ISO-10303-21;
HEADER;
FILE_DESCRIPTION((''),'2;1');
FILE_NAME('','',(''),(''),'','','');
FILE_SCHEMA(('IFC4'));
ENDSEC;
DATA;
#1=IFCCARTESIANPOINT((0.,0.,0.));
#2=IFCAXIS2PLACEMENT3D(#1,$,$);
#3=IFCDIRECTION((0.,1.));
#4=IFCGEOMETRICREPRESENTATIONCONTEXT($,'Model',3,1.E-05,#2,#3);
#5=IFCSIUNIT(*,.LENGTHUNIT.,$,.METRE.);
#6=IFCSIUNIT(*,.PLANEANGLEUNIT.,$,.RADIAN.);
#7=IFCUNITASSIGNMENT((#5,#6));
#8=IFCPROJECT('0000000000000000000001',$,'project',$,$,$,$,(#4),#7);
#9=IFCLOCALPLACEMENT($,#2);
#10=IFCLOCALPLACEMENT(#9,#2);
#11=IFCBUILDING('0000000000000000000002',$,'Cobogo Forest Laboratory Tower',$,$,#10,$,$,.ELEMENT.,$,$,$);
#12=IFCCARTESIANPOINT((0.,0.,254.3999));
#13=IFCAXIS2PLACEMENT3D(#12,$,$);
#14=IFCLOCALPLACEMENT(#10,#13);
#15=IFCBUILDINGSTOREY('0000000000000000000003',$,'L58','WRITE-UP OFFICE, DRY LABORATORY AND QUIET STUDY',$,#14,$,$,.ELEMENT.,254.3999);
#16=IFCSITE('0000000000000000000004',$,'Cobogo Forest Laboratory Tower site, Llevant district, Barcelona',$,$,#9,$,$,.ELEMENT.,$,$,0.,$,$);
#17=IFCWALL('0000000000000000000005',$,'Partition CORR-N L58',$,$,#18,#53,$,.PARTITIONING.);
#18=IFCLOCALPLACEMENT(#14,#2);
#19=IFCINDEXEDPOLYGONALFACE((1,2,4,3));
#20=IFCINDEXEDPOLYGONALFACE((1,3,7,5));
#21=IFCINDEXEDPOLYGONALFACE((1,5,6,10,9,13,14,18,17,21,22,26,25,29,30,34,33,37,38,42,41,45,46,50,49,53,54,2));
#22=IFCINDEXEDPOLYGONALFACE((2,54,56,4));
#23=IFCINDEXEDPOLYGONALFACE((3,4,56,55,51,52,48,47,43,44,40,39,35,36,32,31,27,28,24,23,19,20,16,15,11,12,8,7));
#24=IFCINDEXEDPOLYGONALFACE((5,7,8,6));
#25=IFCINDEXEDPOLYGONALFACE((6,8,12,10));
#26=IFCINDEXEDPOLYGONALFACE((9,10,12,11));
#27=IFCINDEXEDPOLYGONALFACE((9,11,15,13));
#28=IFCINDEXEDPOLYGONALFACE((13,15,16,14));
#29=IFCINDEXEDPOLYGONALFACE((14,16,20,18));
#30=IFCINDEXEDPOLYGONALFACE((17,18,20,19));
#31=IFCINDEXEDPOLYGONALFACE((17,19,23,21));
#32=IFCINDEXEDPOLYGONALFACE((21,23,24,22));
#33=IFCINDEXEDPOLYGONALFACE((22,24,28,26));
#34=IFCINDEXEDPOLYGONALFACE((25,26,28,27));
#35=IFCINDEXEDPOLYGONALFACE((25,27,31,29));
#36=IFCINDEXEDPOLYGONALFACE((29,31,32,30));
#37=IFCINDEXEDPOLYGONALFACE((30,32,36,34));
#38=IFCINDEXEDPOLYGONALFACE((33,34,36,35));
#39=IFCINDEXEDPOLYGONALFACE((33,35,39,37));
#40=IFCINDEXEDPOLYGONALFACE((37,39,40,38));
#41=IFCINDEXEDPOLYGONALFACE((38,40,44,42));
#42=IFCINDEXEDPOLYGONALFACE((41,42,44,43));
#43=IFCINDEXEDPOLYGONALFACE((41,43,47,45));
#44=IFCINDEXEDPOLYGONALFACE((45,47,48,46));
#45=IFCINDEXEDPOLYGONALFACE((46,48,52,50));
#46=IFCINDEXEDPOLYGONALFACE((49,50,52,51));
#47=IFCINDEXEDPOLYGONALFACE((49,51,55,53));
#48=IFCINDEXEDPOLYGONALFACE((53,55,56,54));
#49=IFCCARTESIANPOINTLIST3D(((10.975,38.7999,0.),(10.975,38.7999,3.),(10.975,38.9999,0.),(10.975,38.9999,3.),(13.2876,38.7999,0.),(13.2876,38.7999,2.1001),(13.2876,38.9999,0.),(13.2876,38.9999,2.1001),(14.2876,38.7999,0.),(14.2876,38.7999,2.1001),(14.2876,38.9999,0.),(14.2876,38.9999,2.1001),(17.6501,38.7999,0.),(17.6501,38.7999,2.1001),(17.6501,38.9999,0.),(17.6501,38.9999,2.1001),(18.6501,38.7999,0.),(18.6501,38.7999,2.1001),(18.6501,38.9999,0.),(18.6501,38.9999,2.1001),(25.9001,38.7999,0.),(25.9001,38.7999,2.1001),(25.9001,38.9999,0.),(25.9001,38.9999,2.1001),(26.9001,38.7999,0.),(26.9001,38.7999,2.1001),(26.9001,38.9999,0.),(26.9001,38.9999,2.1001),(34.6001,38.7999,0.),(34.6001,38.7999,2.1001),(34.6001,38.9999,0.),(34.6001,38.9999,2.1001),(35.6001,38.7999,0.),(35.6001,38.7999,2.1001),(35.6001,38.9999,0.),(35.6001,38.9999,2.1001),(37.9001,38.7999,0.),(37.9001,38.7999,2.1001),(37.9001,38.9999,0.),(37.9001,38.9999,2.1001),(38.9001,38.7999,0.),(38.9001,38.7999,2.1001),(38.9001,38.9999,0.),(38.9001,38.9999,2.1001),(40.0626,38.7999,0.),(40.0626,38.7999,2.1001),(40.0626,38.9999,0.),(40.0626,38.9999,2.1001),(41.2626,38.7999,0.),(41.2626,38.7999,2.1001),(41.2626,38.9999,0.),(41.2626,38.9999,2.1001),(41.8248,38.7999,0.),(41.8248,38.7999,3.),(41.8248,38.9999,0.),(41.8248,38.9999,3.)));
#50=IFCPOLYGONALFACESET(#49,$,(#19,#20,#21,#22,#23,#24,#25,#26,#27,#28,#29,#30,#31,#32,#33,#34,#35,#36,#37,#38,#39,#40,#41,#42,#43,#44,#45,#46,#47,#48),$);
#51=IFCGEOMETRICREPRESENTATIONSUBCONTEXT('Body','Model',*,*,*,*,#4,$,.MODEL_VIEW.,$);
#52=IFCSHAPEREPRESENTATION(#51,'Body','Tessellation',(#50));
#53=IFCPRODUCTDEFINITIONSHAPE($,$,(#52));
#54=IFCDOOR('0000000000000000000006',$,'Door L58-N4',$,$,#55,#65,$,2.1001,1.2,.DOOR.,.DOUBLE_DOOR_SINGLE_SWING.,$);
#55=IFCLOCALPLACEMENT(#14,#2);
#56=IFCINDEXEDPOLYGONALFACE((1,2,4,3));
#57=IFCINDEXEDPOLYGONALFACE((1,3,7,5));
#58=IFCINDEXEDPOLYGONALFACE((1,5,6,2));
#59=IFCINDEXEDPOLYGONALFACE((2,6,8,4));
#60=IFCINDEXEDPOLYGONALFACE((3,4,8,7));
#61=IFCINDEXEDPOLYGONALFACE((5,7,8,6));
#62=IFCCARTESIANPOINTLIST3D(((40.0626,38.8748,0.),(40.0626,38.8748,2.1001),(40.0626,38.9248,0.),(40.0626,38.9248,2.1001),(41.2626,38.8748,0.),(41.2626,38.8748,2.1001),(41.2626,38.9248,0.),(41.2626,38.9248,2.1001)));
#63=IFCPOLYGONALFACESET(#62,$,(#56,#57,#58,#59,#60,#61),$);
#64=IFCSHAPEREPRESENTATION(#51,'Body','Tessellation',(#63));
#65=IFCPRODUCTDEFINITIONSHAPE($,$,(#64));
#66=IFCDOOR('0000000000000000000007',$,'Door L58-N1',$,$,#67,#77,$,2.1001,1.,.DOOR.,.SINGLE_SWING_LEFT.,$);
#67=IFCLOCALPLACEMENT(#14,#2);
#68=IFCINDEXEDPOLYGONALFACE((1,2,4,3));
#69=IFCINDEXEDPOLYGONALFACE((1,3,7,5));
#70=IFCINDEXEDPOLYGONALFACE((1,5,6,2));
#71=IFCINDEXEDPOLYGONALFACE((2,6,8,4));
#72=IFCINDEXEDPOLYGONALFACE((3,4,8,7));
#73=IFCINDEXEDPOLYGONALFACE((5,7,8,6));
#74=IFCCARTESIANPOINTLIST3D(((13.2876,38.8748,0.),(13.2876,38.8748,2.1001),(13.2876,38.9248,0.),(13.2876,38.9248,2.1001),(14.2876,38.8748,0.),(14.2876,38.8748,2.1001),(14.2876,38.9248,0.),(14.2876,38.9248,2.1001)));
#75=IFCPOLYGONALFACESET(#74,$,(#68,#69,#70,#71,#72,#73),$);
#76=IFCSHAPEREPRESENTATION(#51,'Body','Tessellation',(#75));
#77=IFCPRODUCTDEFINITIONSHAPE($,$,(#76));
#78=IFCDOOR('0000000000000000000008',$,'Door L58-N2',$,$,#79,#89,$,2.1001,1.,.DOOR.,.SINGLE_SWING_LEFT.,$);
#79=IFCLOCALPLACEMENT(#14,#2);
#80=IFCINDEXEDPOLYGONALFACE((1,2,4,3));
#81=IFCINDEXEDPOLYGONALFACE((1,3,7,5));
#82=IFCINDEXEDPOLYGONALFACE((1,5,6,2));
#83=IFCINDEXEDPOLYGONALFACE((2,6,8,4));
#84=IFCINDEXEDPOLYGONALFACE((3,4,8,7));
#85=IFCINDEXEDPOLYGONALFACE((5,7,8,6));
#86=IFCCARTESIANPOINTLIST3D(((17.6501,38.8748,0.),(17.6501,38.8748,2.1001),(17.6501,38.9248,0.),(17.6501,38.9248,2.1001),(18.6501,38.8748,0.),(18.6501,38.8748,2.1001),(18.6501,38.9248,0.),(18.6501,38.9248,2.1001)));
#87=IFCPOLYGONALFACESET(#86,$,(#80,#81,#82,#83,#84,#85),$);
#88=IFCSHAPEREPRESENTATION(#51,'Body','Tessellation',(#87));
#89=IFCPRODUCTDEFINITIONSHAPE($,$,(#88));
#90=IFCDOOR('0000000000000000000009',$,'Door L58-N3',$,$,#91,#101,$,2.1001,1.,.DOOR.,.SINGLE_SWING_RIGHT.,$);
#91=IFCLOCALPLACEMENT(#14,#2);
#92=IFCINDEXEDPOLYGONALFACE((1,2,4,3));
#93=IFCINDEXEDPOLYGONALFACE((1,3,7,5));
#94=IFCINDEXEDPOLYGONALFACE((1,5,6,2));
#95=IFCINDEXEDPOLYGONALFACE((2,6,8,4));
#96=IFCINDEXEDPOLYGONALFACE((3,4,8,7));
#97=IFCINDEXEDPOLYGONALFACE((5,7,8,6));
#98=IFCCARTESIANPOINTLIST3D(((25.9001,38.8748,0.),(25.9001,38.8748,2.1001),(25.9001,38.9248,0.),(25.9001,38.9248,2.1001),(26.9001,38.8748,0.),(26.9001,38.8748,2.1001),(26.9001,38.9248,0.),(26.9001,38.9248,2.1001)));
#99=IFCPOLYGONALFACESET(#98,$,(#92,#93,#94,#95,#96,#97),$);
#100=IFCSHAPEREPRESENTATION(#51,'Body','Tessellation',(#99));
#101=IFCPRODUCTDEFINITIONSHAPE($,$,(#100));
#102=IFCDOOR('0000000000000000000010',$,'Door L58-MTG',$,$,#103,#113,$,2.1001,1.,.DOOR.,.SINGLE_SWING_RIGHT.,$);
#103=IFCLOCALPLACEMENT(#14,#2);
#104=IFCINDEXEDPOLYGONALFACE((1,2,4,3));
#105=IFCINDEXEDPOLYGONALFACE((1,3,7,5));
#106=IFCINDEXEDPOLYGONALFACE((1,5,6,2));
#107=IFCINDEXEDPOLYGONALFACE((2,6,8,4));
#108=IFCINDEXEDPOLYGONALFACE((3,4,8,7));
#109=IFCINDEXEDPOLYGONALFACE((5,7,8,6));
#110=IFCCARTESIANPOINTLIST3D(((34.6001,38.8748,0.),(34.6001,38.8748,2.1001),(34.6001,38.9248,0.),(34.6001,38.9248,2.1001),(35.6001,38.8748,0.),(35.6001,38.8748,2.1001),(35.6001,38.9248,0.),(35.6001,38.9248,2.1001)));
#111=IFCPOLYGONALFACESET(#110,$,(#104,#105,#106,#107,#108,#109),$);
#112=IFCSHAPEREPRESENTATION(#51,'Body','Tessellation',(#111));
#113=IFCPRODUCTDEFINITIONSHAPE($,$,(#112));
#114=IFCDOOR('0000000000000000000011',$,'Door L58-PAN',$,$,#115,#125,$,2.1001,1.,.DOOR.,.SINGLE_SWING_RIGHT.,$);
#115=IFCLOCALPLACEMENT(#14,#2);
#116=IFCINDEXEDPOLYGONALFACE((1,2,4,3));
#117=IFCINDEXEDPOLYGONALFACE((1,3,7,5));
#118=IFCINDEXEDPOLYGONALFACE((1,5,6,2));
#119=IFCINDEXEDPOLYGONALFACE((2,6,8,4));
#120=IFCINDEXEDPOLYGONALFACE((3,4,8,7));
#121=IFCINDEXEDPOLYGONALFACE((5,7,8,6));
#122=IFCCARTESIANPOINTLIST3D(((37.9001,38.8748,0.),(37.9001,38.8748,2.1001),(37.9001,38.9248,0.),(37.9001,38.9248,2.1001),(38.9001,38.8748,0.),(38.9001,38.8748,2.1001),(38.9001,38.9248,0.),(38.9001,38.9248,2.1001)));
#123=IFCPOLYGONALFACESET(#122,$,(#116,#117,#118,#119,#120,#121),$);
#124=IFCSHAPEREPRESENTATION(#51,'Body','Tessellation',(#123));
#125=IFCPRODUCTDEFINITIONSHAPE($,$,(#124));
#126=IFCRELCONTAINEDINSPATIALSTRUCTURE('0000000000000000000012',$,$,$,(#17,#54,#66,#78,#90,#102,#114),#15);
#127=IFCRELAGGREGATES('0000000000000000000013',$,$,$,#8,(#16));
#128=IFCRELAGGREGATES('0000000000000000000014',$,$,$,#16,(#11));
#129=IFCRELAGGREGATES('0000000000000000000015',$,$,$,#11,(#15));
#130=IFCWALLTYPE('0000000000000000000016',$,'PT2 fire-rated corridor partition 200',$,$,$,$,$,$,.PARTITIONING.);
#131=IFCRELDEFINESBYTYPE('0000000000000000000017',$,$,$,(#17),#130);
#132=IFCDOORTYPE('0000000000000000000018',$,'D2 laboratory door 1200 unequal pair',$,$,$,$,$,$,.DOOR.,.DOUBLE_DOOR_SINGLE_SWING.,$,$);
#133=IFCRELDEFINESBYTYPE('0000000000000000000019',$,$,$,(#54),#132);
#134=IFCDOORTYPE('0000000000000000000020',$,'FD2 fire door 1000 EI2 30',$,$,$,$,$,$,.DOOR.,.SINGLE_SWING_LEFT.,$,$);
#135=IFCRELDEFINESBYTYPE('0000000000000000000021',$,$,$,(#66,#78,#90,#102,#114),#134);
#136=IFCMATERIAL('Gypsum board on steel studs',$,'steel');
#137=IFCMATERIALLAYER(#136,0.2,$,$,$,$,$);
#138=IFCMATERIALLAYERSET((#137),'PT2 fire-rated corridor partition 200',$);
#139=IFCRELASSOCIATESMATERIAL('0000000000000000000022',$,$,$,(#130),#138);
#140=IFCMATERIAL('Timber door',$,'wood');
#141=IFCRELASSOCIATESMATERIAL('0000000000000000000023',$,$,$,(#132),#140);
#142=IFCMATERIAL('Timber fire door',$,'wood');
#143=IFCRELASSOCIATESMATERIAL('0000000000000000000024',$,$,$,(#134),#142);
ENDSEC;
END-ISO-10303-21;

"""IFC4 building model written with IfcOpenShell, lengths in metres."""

from ifc_helpers import new_model, si_unit, direction, frame, frame_2d, origin, place, context, subcontext, project, spatial, rectangle, extrude, material, layer, layer_set, type_object, element, fill, save


model = new_model("IFC4")

# Units and contexts
model_context = context("Model", 3, precision=1e-05, world=origin(), true_north=direction((0.0, 1.0)))
body_context = subcontext(model_context, "Body", "Model", "MODEL_VIEW")
ifc_project = project(units=[si_unit("LENGTHUNIT", "METRE"), si_unit("PLANEANGLEUNIT", "RADIAN")], contexts=[model_context])

# Site, building, storey
site_placement = place(None, origin())
site = spatial("IfcSite", under=ifc_project, at=site_placement, Name="Cobogo Forest Laboratory Tower site, Llevant district, Barcelona", CompositionType="ELEMENT", RefElevation=0.0)
building_placement = place(site_placement, origin())
building = spatial("IfcBuilding", under=site, at=building_placement, Name="Cobogo Forest Laboratory Tower", CompositionType="ELEMENT")
storey_placement = place(building_placement, frame((0.0, 0.0, 254.3999)))
storey = spatial("IfcBuildingStorey", under=building, at=storey_placement, Name="L58", Description="WRITE-UP OFFICE, DRY LABORATORY AND QUIET STUDY", CompositionType="ELEMENT", Elevation=254.3999)

# Shared definitions
ifc_material_1 = material(Name="Gypsum board on steel studs", Category="steel")

# Wall, openings, doors
ifc_layer_1 = layer(ifc_material_1, 0.2)
ifc_layer_set_1 = layer_set([ifc_layer_1], Name="PT2 fire-rated corridor partition 200")
wall_type_1 = type_object("IfcWallType", Name="PT2 fire-rated corridor partition 200", PredefinedType="PARTITIONING", material=ifc_layer_set_1)
wall_1_placement = place(storey_placement, frame((10.9751, 38.8999, 0.0), z_axis=(0.0, 0.0, 1.0), x_axis=(1.0, 0.0, 0.0)))
wall_1 = element("IfcWall", 1, at=wall_1_placement, inside=storey, type_object=wall_type_1, Name="Partition CORR-N L58", PredefinedType="PARTITIONING", context=body_context, shape_type="SweptSolid", body=[
    extrude(rectangle(XDim=30.8499, YDim=0.2, at=frame_2d((15.4248, 0.0))), origin(), (0.0, 0.0, 1.0), 3.0),
])
opening_1_placement = place(wall_1_placement, frame((2.3125, 0.0, 0.0)))
opening_1 = element("IfcOpeningElement", 2, at=opening_1_placement, cuts=wall_1, PredefinedType="OPENING", context=body_context, shape_type="SweptSolid", body=[
    extrude(rectangle(XDim=1.0, YDim=2.1001, at=frame_2d((0.5, 1.05))), frame((0.0, 0.1099, 0.0), z_axis=(0.0, -1.0, 0.0), x_axis=(1.0, 0.0, 0.0)), (0.0, 0.0, 1.0), 0.22),
])
opening_2_placement = place(wall_1_placement, frame((6.675, 0.0, 0.0)))
opening_2 = element("IfcOpeningElement", 3, at=opening_2_placement, cuts=wall_1, PredefinedType="OPENING", context=body_context, shape_type="SweptSolid", body=[
    extrude(rectangle(XDim=1.0, YDim=2.1001, at=frame_2d((0.5, 1.05))), frame((0.0, 0.1099, 0.0), z_axis=(0.0, -1.0, 0.0), x_axis=(1.0, 0.0, 0.0)), (0.0, 0.0, 1.0), 0.22),
])
opening_3_placement = place(wall_1_placement, frame((14.925, 0.0, 0.0)))
opening_3 = element("IfcOpeningElement", 4, at=opening_3_placement, cuts=wall_1, PredefinedType="OPENING", context=body_context, shape_type="SweptSolid", body=[
    extrude(rectangle(XDim=1.0, YDim=2.1001, at=frame_2d((0.5, 1.05))), frame((0.0, 0.1099, 0.0), z_axis=(0.0, -1.0, 0.0), x_axis=(1.0, 0.0, 0.0)), (0.0, 0.0, 1.0), 0.22),
])
opening_4_placement = place(wall_1_placement, frame((23.625, 0.0, 0.0)))
opening_4 = element("IfcOpeningElement", 5, at=opening_4_placement, cuts=wall_1, PredefinedType="OPENING", context=body_context, shape_type="SweptSolid", body=[
    extrude(rectangle(XDim=1.0, YDim=2.1001, at=frame_2d((0.5, 1.05))), frame((0.0, 0.1099, 0.0), z_axis=(0.0, -1.0, 0.0), x_axis=(1.0, 0.0, 0.0)), (0.0, 0.0, 1.0), 0.22),
])
opening_5_placement = place(wall_1_placement, frame((26.925, 0.0, 0.0)))
opening_5 = element("IfcOpeningElement", 6, at=opening_5_placement, cuts=wall_1, PredefinedType="OPENING", context=body_context, shape_type="SweptSolid", body=[
    extrude(rectangle(XDim=1.0, YDim=2.1001, at=frame_2d((0.5, 1.05))), frame((0.0, 0.1099, 0.0), z_axis=(0.0, -1.0, 0.0), x_axis=(1.0, 0.0, 0.0)), (0.0, 0.0, 1.0), 0.22),
])
opening_6_placement = place(wall_1_placement, frame((29.0874, 0.0, 0.0)))
opening_6 = element("IfcOpeningElement", 7, at=opening_6_placement, cuts=wall_1, PredefinedType="OPENING", context=body_context, shape_type="SweptSolid", body=[
    extrude(rectangle(XDim=1.2, YDim=2.1001, at=frame_2d((0.6001, 1.05))), frame((0.0, 0.1099, 0.0), z_axis=(0.0, -1.0, 0.0), x_axis=(1.0, 0.0, 0.0)), (0.0, 0.0, 1.0), 0.22),
])
ifc_material_2 = material(Name="Timber door", Category="wood")
door_type_1 = type_object("IfcDoorType", Name="D2 laboratory door 1200 unequal pair", OperationType="DOUBLE_DOOR_SINGLE_SWING", PredefinedType="DOOR", material=ifc_material_2)
door_1_placement = place(opening_6_placement, origin())
door_1 = element("IfcDoor", 8, at=door_1_placement, inside=storey, type_object=door_type_1, Name="Door L58-N4", OperationType="DOUBLE_DOOR_SINGLE_SWING", OverallHeight=2.1001, OverallWidth=1.2, PredefinedType="DOOR", context=body_context, shape_type="SweptSolid", body=[
    extrude(rectangle(XDim=1.2, YDim=2.1001, at=frame_2d((0.6001, 1.05))), frame((0.0, 0.0249, 0.0), z_axis=(0.0, -1.0, 0.0), x_axis=(1.0, 0.0, 0.0)), (0.0, 0.0, 1.0), 0.05),
])
fill(opening_6, door_1)
ifc_material_3 = material(Name="Timber fire door", Category="wood")
door_type_2 = type_object("IfcDoorType", Name="FD2 fire door 1000 EI2 30", OperationType="SINGLE_SWING_LEFT", PredefinedType="DOOR", material=ifc_material_3)
door_2_placement = place(opening_1_placement, origin())
door_2 = element("IfcDoor", 9, at=door_2_placement, inside=storey, type_object=door_type_2, Name="Door L58-N1", OperationType="SINGLE_SWING_LEFT", OverallHeight=2.1001, OverallWidth=1.0, PredefinedType="DOOR", context=body_context, shape_type="SweptSolid", body=[
    extrude(rectangle(XDim=1.0, YDim=2.1001, at=frame_2d((0.5, 1.05))), frame((0.0, 0.0249, 0.0), z_axis=(0.0, -1.0, 0.0), x_axis=(1.0, 0.0, 0.0)), (0.0, 0.0, 1.0), 0.05),
])
fill(opening_1, door_2)
door_3_placement = place(opening_2_placement, origin())
door_3 = element("IfcDoor", 10, at=door_3_placement, inside=storey, type_object=door_type_2, Name="Door L58-N2", OperationType="SINGLE_SWING_LEFT", OverallHeight=2.1001, OverallWidth=1.0, PredefinedType="DOOR", context=body_context, shape_type="SweptSolid", body=[
    extrude(rectangle(XDim=1.0, YDim=2.1001, at=frame_2d((0.5, 1.05))), frame((0.0, 0.0249, 0.0), z_axis=(0.0, -1.0, 0.0), x_axis=(1.0, 0.0, 0.0)), (0.0, 0.0, 1.0), 0.05),
])
fill(opening_2, door_3)
door_4_placement = place(opening_3_placement, origin())
door_4 = element("IfcDoor", 11, at=door_4_placement, inside=storey, type_object=door_type_2, Name="Door L58-N3", OperationType="SINGLE_SWING_RIGHT", OverallHeight=2.1001, OverallWidth=1.0, PredefinedType="DOOR", context=body_context, shape_type="SweptSolid", body=[
    extrude(rectangle(XDim=1.0, YDim=2.1001, at=frame_2d((0.5, 1.05))), frame((0.0, 0.0249, 0.0), z_axis=(0.0, -1.0, 0.0), x_axis=(1.0, 0.0, 0.0)), (0.0, 0.0, 1.0), 0.05),
])
fill(opening_3, door_4)
door_5_placement = place(opening_4_placement, origin())
door_5 = element("IfcDoor", 12, at=door_5_placement, inside=storey, type_object=door_type_2, Name="Door L58-MTG", OperationType="SINGLE_SWING_RIGHT", OverallHeight=2.1001, OverallWidth=1.0, PredefinedType="DOOR", context=body_context, shape_type="SweptSolid", body=[
    extrude(rectangle(XDim=1.0, YDim=2.1001, at=frame_2d((0.5, 1.05))), frame((0.0, 0.0249, 0.0), z_axis=(0.0, -1.0, 0.0), x_axis=(1.0, 0.0, 0.0)), (0.0, 0.0, 1.0), 0.05),
])
fill(opening_4, door_5)
door_6_placement = place(opening_5_placement, origin())
door_6 = element("IfcDoor", 13, at=door_6_placement, inside=storey, type_object=door_type_2, Name="Door L58-PAN", OperationType="SINGLE_SWING_RIGHT", OverallHeight=2.1001, OverallWidth=1.0, PredefinedType="DOOR", context=body_context, shape_type="SweptSolid", body=[
    extrude(rectangle(XDim=1.0, YDim=2.1001, at=frame_2d((0.5, 1.05))), frame((0.0, 0.0249, 0.0), z_axis=(0.0, -1.0, 0.0), x_axis=(1.0, 0.0, 0.0)), (0.0, 0.0, 1.0), 0.05),
])
fill(opening_5, door_6)

save(model, "model.ifc")
